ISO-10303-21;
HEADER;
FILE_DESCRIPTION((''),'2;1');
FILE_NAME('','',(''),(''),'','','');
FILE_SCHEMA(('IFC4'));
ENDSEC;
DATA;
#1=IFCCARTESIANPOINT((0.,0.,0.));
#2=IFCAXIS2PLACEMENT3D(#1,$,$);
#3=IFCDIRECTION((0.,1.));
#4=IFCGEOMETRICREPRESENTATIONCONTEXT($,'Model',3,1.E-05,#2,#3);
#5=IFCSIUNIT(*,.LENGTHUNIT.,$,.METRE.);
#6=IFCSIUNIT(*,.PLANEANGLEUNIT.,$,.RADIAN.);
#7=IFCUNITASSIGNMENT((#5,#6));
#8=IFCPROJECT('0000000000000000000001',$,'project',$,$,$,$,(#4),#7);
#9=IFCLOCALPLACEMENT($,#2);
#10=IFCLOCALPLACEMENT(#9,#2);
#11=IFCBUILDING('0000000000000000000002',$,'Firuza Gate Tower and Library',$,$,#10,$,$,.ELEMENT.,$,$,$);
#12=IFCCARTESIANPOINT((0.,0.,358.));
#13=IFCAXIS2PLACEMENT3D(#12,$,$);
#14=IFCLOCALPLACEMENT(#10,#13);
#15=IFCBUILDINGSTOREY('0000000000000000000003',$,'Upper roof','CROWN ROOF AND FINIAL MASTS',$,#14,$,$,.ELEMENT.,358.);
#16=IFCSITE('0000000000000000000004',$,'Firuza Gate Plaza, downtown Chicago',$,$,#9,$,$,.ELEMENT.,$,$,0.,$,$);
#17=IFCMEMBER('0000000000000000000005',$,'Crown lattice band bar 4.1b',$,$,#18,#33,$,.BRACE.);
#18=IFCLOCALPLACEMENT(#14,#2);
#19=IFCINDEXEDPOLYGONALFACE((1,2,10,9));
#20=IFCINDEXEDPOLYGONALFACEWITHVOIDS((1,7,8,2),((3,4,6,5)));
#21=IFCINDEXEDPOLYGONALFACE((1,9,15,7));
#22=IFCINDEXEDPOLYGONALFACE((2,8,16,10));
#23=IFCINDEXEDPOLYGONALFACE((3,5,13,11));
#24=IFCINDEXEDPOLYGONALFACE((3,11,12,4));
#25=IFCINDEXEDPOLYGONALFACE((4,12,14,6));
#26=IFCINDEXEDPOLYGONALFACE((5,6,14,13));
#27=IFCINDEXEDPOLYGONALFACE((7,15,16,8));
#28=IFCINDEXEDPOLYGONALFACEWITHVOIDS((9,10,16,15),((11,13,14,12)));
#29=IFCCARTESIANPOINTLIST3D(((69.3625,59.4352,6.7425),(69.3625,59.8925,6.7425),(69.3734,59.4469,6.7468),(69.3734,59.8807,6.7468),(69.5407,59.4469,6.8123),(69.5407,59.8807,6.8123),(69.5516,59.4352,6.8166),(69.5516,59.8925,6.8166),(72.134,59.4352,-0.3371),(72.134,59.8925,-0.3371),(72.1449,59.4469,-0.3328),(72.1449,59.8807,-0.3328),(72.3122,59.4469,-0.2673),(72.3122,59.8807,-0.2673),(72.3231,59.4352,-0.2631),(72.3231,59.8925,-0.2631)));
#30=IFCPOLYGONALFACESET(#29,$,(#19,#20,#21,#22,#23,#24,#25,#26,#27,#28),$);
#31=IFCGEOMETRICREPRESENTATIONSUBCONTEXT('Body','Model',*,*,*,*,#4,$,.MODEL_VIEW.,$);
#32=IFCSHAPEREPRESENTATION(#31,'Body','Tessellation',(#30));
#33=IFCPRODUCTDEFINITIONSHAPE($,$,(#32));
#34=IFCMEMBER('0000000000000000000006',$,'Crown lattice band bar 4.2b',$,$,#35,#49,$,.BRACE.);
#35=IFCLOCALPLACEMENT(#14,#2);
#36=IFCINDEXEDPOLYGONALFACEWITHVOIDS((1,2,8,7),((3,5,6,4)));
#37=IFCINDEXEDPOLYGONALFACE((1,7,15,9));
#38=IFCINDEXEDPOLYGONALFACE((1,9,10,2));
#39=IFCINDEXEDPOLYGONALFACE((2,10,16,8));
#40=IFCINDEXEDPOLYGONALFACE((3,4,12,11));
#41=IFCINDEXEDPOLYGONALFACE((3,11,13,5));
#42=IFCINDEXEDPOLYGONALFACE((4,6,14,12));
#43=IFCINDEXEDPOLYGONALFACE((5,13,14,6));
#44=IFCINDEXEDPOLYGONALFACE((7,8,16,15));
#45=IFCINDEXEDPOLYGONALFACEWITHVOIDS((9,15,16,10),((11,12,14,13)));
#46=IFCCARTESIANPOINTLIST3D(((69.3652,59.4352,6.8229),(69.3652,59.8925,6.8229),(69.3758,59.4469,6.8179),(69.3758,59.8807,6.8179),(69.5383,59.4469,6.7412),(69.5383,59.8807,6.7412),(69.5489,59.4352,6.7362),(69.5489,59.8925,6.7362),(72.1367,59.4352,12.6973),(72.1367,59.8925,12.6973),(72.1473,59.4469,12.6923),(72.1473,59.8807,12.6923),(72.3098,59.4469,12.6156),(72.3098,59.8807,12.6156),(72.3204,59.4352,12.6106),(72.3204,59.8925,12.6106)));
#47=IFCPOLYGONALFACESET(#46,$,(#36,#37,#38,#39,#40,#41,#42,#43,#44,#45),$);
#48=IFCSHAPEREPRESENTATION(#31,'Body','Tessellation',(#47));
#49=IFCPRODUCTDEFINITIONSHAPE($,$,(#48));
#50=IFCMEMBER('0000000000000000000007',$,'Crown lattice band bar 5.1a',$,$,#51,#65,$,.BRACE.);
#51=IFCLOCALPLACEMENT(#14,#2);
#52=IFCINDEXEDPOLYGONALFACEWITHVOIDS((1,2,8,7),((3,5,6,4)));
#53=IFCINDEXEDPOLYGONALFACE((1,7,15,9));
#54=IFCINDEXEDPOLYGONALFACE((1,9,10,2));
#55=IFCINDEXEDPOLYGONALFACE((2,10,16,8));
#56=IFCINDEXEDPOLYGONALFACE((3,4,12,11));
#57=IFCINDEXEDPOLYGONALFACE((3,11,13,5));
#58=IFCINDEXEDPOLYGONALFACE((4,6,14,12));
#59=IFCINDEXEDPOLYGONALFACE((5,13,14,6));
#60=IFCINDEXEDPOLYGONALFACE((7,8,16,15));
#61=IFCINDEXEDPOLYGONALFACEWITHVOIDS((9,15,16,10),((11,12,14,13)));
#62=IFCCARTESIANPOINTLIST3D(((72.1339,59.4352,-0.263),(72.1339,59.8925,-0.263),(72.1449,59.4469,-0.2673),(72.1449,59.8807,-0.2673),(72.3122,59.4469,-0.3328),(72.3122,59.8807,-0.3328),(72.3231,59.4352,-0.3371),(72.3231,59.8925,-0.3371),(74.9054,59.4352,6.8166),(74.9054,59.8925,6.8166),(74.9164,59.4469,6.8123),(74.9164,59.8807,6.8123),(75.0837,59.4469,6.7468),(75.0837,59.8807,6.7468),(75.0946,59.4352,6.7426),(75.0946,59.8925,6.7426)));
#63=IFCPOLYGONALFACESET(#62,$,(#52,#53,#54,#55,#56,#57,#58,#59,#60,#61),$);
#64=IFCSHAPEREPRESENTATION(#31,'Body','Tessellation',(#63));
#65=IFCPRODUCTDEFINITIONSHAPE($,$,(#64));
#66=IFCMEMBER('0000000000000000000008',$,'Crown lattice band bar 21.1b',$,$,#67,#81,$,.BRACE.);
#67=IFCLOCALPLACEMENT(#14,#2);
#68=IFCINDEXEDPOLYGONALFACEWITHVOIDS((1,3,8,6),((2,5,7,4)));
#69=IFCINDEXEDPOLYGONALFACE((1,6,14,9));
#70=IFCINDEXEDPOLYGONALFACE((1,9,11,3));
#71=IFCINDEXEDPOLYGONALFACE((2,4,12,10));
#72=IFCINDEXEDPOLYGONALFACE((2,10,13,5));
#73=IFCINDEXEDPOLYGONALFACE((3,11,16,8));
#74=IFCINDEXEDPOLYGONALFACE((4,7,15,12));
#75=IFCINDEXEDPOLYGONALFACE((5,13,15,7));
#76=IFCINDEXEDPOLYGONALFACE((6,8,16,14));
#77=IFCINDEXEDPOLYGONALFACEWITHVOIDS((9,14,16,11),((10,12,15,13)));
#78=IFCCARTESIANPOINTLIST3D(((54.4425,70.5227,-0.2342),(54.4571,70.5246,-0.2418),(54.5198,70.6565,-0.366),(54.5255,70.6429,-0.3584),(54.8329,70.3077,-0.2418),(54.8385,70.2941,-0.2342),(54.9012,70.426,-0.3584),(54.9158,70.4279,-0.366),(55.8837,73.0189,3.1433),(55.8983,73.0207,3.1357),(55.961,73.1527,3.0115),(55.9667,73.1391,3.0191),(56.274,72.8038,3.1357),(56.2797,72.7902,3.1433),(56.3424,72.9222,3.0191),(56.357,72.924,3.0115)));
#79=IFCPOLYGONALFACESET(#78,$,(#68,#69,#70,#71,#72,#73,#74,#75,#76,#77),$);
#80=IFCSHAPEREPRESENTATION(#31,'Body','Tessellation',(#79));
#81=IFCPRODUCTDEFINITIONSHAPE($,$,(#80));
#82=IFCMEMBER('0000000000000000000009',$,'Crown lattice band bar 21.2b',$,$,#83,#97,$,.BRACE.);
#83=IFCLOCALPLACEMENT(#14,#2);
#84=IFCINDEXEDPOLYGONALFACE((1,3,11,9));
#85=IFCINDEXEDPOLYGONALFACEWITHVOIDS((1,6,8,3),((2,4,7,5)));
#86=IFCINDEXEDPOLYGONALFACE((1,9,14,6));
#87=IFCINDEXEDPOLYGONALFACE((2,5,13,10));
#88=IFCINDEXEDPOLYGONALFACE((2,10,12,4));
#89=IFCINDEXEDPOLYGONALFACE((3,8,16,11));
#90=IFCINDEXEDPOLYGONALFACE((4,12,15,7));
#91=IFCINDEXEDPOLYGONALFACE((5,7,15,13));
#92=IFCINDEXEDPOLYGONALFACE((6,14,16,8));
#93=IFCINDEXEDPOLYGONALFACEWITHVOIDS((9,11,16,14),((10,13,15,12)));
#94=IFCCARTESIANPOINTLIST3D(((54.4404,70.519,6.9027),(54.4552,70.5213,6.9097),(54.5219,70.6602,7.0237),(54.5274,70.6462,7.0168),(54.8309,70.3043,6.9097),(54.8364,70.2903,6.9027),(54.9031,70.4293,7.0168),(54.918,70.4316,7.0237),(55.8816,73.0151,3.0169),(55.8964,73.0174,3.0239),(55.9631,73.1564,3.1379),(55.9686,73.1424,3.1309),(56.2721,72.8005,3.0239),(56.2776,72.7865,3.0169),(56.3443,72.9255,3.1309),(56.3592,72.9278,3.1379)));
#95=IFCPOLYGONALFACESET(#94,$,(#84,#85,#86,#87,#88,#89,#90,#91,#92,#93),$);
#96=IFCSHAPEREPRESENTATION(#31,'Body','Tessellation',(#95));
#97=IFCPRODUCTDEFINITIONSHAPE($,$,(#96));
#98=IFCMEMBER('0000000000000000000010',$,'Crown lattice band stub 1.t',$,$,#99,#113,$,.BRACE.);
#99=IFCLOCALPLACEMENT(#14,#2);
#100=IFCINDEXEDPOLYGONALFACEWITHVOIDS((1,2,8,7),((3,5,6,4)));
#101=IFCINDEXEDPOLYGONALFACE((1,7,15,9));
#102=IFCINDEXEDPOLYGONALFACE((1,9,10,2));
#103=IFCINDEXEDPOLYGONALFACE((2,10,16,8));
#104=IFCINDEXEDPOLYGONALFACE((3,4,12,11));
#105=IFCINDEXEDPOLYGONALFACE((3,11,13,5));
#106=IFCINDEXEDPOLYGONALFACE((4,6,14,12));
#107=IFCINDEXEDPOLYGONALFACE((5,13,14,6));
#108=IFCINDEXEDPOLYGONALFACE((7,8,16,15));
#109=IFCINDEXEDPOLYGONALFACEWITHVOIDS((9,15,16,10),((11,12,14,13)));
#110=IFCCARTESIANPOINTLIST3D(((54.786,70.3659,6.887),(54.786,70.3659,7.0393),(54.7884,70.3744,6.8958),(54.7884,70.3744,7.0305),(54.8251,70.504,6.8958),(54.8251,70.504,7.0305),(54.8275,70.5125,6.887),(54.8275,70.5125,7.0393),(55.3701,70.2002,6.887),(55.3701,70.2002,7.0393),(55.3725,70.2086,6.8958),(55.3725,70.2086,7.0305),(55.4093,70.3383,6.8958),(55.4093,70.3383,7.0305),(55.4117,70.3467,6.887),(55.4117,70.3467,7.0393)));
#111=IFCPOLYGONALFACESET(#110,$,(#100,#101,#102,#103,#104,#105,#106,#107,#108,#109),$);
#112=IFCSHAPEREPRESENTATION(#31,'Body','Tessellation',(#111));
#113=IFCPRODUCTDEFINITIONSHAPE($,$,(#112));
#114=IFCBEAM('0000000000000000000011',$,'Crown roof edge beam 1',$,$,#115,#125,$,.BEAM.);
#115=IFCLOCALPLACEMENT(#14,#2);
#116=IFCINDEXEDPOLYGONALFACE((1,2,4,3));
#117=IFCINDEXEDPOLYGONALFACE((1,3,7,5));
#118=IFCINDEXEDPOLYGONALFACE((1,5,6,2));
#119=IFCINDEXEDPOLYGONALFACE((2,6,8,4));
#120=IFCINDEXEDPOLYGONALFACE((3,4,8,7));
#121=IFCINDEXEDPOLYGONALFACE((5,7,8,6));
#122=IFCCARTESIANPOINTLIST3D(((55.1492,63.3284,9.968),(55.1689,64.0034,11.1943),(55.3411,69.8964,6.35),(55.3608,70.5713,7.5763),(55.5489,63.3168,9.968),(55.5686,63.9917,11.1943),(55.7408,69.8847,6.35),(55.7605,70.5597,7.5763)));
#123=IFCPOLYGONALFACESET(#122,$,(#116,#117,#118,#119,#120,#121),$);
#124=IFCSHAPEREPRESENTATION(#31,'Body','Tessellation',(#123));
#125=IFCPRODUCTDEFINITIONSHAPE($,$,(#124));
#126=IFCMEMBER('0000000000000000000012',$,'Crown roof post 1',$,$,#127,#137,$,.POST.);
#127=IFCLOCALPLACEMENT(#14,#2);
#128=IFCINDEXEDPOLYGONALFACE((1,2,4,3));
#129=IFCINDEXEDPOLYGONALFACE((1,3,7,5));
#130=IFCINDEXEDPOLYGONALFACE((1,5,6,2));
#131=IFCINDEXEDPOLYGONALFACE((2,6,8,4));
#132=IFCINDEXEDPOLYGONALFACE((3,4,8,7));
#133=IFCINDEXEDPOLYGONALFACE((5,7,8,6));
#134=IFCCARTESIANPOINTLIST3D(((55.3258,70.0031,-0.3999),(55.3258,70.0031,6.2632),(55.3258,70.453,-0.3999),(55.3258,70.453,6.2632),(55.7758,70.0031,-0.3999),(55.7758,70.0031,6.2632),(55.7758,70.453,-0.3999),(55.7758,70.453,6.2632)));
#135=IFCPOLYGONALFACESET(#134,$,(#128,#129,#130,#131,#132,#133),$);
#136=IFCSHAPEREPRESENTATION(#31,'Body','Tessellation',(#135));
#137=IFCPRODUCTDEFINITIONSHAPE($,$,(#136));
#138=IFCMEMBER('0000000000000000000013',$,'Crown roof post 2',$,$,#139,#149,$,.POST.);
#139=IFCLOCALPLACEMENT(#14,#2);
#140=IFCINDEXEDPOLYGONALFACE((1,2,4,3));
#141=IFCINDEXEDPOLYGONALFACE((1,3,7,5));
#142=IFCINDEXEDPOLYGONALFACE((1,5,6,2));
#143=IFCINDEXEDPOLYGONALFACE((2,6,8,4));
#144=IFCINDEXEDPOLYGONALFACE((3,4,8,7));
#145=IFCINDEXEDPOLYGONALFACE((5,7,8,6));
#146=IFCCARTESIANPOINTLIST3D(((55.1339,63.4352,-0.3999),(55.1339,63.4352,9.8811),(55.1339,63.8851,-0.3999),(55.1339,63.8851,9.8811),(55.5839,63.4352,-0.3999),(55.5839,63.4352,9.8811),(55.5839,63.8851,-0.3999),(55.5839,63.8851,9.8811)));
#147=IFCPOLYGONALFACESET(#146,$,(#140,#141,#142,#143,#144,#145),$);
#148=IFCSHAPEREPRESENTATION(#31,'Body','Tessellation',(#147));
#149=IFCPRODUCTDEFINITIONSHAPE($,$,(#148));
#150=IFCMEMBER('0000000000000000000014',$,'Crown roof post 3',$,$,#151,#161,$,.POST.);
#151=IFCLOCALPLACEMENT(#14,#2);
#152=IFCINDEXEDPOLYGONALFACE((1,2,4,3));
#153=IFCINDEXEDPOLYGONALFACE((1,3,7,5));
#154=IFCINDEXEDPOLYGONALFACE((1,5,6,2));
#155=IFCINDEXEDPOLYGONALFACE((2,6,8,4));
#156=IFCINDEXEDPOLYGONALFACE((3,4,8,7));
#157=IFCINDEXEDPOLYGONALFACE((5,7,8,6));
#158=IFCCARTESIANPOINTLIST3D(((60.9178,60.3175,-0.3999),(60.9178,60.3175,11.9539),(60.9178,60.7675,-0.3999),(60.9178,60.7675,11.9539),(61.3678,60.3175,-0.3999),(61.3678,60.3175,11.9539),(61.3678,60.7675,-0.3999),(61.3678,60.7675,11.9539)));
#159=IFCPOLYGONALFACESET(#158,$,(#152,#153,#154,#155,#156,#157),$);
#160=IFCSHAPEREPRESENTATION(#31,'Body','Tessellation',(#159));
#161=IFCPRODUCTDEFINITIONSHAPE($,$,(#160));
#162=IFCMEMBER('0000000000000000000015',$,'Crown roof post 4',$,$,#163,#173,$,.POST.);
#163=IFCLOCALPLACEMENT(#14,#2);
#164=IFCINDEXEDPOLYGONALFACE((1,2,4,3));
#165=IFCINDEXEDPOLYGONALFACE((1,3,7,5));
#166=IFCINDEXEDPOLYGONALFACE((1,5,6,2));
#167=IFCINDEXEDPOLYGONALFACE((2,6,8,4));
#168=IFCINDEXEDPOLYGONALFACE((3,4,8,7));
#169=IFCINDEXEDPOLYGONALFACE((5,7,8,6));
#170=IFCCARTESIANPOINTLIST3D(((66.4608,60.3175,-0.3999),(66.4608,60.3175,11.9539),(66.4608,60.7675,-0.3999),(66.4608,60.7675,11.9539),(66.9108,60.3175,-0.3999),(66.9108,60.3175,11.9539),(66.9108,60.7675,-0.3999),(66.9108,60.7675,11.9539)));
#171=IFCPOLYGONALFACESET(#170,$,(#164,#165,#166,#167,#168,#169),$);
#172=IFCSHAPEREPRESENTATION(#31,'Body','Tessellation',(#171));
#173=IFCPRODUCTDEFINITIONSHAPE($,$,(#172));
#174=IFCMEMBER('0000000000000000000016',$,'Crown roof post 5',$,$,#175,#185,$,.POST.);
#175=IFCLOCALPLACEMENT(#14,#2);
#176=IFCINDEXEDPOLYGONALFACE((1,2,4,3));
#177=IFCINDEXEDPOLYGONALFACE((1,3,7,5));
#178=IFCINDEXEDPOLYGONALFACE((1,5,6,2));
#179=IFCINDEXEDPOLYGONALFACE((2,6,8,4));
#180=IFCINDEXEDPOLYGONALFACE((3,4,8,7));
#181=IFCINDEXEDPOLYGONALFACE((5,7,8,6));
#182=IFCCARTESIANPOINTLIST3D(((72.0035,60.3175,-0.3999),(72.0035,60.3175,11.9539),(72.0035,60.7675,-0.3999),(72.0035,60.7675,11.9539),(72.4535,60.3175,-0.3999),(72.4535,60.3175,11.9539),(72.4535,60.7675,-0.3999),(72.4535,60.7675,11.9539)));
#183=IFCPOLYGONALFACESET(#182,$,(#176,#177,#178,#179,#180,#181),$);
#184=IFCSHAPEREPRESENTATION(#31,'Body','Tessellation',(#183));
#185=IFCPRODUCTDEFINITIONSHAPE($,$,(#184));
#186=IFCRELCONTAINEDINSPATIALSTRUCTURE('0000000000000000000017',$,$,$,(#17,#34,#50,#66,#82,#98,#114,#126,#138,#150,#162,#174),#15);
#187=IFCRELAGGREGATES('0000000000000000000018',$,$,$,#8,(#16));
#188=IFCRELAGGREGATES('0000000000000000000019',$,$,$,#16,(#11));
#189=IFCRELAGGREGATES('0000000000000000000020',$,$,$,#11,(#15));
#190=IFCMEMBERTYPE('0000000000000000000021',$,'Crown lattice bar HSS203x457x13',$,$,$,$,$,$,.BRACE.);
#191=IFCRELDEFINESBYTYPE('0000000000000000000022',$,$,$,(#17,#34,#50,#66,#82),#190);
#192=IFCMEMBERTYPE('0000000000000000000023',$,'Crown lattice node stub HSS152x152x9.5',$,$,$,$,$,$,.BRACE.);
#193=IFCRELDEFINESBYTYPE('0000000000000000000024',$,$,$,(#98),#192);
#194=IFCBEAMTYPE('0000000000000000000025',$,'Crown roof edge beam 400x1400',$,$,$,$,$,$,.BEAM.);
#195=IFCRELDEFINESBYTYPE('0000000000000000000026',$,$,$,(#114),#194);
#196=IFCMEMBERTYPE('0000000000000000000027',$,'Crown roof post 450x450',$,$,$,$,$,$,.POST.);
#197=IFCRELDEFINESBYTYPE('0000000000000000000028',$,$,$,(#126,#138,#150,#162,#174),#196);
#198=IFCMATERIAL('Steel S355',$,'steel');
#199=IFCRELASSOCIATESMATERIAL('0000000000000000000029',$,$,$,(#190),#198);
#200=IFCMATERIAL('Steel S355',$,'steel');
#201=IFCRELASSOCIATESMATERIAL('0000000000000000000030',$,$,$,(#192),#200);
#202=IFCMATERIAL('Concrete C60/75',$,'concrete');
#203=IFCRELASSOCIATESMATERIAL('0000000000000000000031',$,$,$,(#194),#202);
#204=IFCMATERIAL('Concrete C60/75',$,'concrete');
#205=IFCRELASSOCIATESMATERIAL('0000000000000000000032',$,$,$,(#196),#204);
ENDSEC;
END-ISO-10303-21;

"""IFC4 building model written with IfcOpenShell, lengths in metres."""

from ifc_helpers import new_model, si_unit, direction, frame, origin, origin_2d, place, context, subcontext, project, spatial, rectangle, hollow_rectangle, extrude, material, material_profile, profile_set, type_object, element, save


model = new_model("IFC4")

# Units and contexts
model_context = context("Model", 3, precision=1e-05, world=origin(), true_north=direction((0.0, 1.0)))
body_context = subcontext(model_context, "Body", "Model", "MODEL_VIEW")
ifc_project = project(units=[si_unit("LENGTHUNIT", "METRE"), si_unit("PLANEANGLEUNIT", "RADIAN")], contexts=[model_context])

# Site, building, storey
site_placement = place(None, origin())
site = spatial("IfcSite", under=ifc_project, at=site_placement, Name="Firuza Gate Plaza, downtown Chicago", CompositionType="ELEMENT", RefElevation=0.0)
building_placement = place(site_placement, origin())
building = spatial("IfcBuilding", under=site, at=building_placement, Name="Firuza Gate Tower and Library", CompositionType="ELEMENT")
storey_placement = place(building_placement, frame((0.0, 0.0, 358.0)))
storey = spatial("IfcBuildingStorey", under=building, at=storey_placement, Name="Upper roof", Description="CROWN ROOF AND FINIAL MASTS", CompositionType="ELEMENT", Elevation=358.0)

# Members
ifc_material_1 = material(Name="Steel S355", Category="steel")
ifc_material_profile_1 = material_profile(ifc_material_1, hollow_rectangle(XDim=0.4573, YDim=0.2031, WallThickness=0.0117, at=origin_2d()))
ifc_profile_set_1 = profile_set([ifc_material_profile_1], Name="Steel S355")
member_type_1 = type_object("IfcMemberType", Name="Crown lattice bar HSS203x457x13", PredefinedType="BRACE", material=ifc_profile_set_1)
member_1_placement = place(storey_placement, frame((69.457, 59.6638, 6.7795), z_axis=(0.364537, 0.0, -0.931189), x_axis=(0.0, 1.0, 0.0)))
element("IfcMember", 1, at=member_1_placement, inside=storey, type_object=member_type_1, Name="Crown lattice band bar 4.1b", PredefinedType="BRACE", context=body_context, shape_type="SweptSolid", body=[
    extrude(hollow_rectangle(XDim=0.4573, YDim=0.2031, WallThickness=0.0117, at=origin_2d()), origin(), (0.0, 0.0, 1.0), 7.6028),
])
member_2_placement = place(storey_placement, frame((69.457, 59.6638, 6.7795), z_axis=(0.426695, 0.0, 0.904396), x_axis=(0.0, 1.0, 0.0)))
element("IfcMember", 2, at=member_2_placement, inside=storey, type_object=member_type_1, Name="Crown lattice band bar 4.2b", PredefinedType="BRACE", context=body_context, shape_type="SweptSolid", body=[
    extrude(hollow_rectangle(XDim=0.4573, YDim=0.2031, WallThickness=0.0117, at=origin_2d()), origin(), (0.0, 0.0, 1.0), 6.4954),
])
member_3_placement = place(storey_placement, frame((72.2285, 59.6638, -0.3), z_axis=(0.364537, 0.0, 0.931189), x_axis=(0.0, 1.0, 0.0)))
element("IfcMember", 3, at=member_3_placement, inside=storey, type_object=member_type_1, Name="Crown lattice band bar 5.1a", PredefinedType="BRACE", context=body_context, shape_type="SweptSolid", body=[
    extrude(hollow_rectangle(XDim=0.4573, YDim=0.2031, WallThickness=0.0117, at=origin_2d()), origin(), (0.0, 0.0, 1.0), 7.6028),
])
member_4_placement = place(storey_placement, frame((56.1204, 72.9714, 3.0774), z_axis=(-0.324578, -0.56217, -0.760667), x_axis=(0.866019, -0.500011, 0.0)))
element("IfcMember", 4, at=member_4_placement, inside=storey, type_object=member_type_1, Name="Crown lattice band bar 21.1b", PredefinedType="BRACE", context=body_context, shape_type="SweptSolid", body=[
    extrude(hollow_rectangle(XDim=0.4573, YDim=0.2031, WallThickness=0.0117, at=origin_2d()), origin(), (0.0, 0.0, 1.0), 4.4402),
])
member_5_placement = place(storey_placement, frame((56.1204, 72.9714, 3.0774), z_axis=(-0.297883, -0.515933, 0.803168), x_axis=(0.866019, -0.500011, 0.0)))
element("IfcMember", 5, at=member_5_placement, inside=storey, type_object=member_type_1, Name="Crown lattice band bar 21.2b", PredefinedType="BRACE", context=body_context, shape_type="SweptSolid", body=[
    extrude(hollow_rectangle(XDim=0.4573, YDim=0.2031, WallThickness=0.0117, at=origin_2d()), origin(), (0.0, 0.0, 1.0), 4.8381),
])
ifc_material_2 = material(Name="Steel S355", Category="steel")
ifc_material_profile_2 = material_profile(ifc_material_2, hollow_rectangle(XDim=0.1523, YDim=0.1523, WallThickness=0.0088, at=origin_2d()))
ifc_profile_set_2 = profile_set([ifc_material_profile_2], Name="Steel S355")
member_type_2 = type_object("IfcMemberType", Name="Crown lattice node stub HSS152x152x9.5", PredefinedType="BRACE", material=ifc_profile_set_2)
member_6_placement = place(storey_placement, frame((55.3909, 70.2734, 6.9631), z_axis=(-0.962023, 0.272968, 0.0), x_axis=(-0.272968, -0.962023, 0.0)))
element("IfcMember", 6, at=member_6_placement, inside=storey, type_object=member_type_2, Name="Crown lattice band stub 1.t", PredefinedType="BRACE", context=body_context, shape_type="SweptSolid", body=[
    extrude(hollow_rectangle(XDim=0.1523, YDim=0.1523, WallThickness=0.0088, at=origin_2d()), origin(), (0.0, 0.0, 1.0), 0.6072),
])

# Beam
ifc_material_3 = material(Name="Concrete C60/75", Category="concrete")
ifc_material_profile_3 = material_profile(ifc_material_3, rectangle(XDim=0.3999, YDim=1.3999, at=origin_2d()))
ifc_profile_set_3 = profile_set([ifc_material_profile_3], Name="Concrete C60/75")
beam_type_1 = type_object("IfcBeamType", Name="Crown roof edge beam 400x1400", PredefinedType="BEAM", material=ifc_profile_set_3)
beam_1_placement = place(storey_placement, frame((55.5508, 70.228, 6.9631), z_axis=(-0.025583, -0.875614, 0.482333), x_axis=(0.999573, -0.029205, 0.0)))
element("IfcBeam", 7, at=beam_1_placement, inside=storey, type_object=beam_type_1, Name="Crown roof edge beam 1", PredefinedType="BEAM", context=body_context, shape_type="SweptSolid", body=[
    extrude(rectangle(XDim=0.3999, YDim=1.3999, at=origin_2d()), origin(), (0.0, 0.0, 1.0), 7.501),
])

# Members
ifc_material_4 = material(Name="Concrete C60/75", Category="concrete")
ifc_material_profile_4 = material_profile(ifc_material_4, rectangle(XDim=0.45, YDim=0.45, at=origin_2d()))
ifc_profile_set_4 = profile_set([ifc_material_profile_4], Name="Concrete C60/75")
member_type_3 = type_object("IfcMemberType", Name="Crown roof post 450x450", PredefinedType="POST", material=ifc_profile_set_4)
member_7_placement = place(storey_placement, frame((55.5508, 70.228, -0.3999), z_axis=(0.0, 0.0, 1.0), x_axis=(1.0, 0.0, 0.0)))
element("IfcMember", 8, at=member_7_placement, inside=storey, type_object=member_type_3, Name="Crown roof post 1", PredefinedType="POST", context=body_context, shape_type="SweptSolid", body=[
    extrude(rectangle(XDim=0.45, YDim=0.45, at=origin_2d()), origin(), (0.0, 0.0, 1.0), 6.6631),
])
member_8_placement = place(storey_placement, frame((55.3589, 63.6602, -0.3999), z_axis=(0.0, 0.0, 1.0), x_axis=(1.0, 0.0, 0.0)))
element("IfcMember", 9, at=member_8_placement, inside=storey, type_object=member_type_3, Name="Crown roof post 2", PredefinedType="POST", context=body_context, shape_type="SweptSolid", body=[
    extrude(rectangle(XDim=0.45, YDim=0.45, at=origin_2d()), origin(), (0.0, 0.0, 1.0), 10.281),
])
for number, where, z_axis, x_axis, name in (
    (10, (61.1428, 60.5425, -0.3999), (0.0, 0.0, 1.0), (1.0, 0.0, 0.0), "Crown roof post 3"),
    (11, (66.6858, 60.5425, -0.3999), (0.0, 0.0, 1.0), (1.0, 0.0, 0.0), "Crown roof post 4"),
    (12, (72.2285, 60.5425, -0.3999), (0.0, 0.0, 1.0), (1.0, 0.0, 0.0), "Crown roof post 5"),
):
    element("IfcMember", number, at=place(storey_placement, frame(where, z_axis=z_axis, x_axis=x_axis)), inside=storey, type_object=member_type_3, Name=name, PredefinedType="POST", context=body_context, shape_type="SweptSolid", body=[
        extrude(rectangle(XDim=0.45, YDim=0.45, at=origin_2d()), origin(), (0.0, 0.0, 1.0), 12.3538),
    ])

save(model, "model.ifc")
